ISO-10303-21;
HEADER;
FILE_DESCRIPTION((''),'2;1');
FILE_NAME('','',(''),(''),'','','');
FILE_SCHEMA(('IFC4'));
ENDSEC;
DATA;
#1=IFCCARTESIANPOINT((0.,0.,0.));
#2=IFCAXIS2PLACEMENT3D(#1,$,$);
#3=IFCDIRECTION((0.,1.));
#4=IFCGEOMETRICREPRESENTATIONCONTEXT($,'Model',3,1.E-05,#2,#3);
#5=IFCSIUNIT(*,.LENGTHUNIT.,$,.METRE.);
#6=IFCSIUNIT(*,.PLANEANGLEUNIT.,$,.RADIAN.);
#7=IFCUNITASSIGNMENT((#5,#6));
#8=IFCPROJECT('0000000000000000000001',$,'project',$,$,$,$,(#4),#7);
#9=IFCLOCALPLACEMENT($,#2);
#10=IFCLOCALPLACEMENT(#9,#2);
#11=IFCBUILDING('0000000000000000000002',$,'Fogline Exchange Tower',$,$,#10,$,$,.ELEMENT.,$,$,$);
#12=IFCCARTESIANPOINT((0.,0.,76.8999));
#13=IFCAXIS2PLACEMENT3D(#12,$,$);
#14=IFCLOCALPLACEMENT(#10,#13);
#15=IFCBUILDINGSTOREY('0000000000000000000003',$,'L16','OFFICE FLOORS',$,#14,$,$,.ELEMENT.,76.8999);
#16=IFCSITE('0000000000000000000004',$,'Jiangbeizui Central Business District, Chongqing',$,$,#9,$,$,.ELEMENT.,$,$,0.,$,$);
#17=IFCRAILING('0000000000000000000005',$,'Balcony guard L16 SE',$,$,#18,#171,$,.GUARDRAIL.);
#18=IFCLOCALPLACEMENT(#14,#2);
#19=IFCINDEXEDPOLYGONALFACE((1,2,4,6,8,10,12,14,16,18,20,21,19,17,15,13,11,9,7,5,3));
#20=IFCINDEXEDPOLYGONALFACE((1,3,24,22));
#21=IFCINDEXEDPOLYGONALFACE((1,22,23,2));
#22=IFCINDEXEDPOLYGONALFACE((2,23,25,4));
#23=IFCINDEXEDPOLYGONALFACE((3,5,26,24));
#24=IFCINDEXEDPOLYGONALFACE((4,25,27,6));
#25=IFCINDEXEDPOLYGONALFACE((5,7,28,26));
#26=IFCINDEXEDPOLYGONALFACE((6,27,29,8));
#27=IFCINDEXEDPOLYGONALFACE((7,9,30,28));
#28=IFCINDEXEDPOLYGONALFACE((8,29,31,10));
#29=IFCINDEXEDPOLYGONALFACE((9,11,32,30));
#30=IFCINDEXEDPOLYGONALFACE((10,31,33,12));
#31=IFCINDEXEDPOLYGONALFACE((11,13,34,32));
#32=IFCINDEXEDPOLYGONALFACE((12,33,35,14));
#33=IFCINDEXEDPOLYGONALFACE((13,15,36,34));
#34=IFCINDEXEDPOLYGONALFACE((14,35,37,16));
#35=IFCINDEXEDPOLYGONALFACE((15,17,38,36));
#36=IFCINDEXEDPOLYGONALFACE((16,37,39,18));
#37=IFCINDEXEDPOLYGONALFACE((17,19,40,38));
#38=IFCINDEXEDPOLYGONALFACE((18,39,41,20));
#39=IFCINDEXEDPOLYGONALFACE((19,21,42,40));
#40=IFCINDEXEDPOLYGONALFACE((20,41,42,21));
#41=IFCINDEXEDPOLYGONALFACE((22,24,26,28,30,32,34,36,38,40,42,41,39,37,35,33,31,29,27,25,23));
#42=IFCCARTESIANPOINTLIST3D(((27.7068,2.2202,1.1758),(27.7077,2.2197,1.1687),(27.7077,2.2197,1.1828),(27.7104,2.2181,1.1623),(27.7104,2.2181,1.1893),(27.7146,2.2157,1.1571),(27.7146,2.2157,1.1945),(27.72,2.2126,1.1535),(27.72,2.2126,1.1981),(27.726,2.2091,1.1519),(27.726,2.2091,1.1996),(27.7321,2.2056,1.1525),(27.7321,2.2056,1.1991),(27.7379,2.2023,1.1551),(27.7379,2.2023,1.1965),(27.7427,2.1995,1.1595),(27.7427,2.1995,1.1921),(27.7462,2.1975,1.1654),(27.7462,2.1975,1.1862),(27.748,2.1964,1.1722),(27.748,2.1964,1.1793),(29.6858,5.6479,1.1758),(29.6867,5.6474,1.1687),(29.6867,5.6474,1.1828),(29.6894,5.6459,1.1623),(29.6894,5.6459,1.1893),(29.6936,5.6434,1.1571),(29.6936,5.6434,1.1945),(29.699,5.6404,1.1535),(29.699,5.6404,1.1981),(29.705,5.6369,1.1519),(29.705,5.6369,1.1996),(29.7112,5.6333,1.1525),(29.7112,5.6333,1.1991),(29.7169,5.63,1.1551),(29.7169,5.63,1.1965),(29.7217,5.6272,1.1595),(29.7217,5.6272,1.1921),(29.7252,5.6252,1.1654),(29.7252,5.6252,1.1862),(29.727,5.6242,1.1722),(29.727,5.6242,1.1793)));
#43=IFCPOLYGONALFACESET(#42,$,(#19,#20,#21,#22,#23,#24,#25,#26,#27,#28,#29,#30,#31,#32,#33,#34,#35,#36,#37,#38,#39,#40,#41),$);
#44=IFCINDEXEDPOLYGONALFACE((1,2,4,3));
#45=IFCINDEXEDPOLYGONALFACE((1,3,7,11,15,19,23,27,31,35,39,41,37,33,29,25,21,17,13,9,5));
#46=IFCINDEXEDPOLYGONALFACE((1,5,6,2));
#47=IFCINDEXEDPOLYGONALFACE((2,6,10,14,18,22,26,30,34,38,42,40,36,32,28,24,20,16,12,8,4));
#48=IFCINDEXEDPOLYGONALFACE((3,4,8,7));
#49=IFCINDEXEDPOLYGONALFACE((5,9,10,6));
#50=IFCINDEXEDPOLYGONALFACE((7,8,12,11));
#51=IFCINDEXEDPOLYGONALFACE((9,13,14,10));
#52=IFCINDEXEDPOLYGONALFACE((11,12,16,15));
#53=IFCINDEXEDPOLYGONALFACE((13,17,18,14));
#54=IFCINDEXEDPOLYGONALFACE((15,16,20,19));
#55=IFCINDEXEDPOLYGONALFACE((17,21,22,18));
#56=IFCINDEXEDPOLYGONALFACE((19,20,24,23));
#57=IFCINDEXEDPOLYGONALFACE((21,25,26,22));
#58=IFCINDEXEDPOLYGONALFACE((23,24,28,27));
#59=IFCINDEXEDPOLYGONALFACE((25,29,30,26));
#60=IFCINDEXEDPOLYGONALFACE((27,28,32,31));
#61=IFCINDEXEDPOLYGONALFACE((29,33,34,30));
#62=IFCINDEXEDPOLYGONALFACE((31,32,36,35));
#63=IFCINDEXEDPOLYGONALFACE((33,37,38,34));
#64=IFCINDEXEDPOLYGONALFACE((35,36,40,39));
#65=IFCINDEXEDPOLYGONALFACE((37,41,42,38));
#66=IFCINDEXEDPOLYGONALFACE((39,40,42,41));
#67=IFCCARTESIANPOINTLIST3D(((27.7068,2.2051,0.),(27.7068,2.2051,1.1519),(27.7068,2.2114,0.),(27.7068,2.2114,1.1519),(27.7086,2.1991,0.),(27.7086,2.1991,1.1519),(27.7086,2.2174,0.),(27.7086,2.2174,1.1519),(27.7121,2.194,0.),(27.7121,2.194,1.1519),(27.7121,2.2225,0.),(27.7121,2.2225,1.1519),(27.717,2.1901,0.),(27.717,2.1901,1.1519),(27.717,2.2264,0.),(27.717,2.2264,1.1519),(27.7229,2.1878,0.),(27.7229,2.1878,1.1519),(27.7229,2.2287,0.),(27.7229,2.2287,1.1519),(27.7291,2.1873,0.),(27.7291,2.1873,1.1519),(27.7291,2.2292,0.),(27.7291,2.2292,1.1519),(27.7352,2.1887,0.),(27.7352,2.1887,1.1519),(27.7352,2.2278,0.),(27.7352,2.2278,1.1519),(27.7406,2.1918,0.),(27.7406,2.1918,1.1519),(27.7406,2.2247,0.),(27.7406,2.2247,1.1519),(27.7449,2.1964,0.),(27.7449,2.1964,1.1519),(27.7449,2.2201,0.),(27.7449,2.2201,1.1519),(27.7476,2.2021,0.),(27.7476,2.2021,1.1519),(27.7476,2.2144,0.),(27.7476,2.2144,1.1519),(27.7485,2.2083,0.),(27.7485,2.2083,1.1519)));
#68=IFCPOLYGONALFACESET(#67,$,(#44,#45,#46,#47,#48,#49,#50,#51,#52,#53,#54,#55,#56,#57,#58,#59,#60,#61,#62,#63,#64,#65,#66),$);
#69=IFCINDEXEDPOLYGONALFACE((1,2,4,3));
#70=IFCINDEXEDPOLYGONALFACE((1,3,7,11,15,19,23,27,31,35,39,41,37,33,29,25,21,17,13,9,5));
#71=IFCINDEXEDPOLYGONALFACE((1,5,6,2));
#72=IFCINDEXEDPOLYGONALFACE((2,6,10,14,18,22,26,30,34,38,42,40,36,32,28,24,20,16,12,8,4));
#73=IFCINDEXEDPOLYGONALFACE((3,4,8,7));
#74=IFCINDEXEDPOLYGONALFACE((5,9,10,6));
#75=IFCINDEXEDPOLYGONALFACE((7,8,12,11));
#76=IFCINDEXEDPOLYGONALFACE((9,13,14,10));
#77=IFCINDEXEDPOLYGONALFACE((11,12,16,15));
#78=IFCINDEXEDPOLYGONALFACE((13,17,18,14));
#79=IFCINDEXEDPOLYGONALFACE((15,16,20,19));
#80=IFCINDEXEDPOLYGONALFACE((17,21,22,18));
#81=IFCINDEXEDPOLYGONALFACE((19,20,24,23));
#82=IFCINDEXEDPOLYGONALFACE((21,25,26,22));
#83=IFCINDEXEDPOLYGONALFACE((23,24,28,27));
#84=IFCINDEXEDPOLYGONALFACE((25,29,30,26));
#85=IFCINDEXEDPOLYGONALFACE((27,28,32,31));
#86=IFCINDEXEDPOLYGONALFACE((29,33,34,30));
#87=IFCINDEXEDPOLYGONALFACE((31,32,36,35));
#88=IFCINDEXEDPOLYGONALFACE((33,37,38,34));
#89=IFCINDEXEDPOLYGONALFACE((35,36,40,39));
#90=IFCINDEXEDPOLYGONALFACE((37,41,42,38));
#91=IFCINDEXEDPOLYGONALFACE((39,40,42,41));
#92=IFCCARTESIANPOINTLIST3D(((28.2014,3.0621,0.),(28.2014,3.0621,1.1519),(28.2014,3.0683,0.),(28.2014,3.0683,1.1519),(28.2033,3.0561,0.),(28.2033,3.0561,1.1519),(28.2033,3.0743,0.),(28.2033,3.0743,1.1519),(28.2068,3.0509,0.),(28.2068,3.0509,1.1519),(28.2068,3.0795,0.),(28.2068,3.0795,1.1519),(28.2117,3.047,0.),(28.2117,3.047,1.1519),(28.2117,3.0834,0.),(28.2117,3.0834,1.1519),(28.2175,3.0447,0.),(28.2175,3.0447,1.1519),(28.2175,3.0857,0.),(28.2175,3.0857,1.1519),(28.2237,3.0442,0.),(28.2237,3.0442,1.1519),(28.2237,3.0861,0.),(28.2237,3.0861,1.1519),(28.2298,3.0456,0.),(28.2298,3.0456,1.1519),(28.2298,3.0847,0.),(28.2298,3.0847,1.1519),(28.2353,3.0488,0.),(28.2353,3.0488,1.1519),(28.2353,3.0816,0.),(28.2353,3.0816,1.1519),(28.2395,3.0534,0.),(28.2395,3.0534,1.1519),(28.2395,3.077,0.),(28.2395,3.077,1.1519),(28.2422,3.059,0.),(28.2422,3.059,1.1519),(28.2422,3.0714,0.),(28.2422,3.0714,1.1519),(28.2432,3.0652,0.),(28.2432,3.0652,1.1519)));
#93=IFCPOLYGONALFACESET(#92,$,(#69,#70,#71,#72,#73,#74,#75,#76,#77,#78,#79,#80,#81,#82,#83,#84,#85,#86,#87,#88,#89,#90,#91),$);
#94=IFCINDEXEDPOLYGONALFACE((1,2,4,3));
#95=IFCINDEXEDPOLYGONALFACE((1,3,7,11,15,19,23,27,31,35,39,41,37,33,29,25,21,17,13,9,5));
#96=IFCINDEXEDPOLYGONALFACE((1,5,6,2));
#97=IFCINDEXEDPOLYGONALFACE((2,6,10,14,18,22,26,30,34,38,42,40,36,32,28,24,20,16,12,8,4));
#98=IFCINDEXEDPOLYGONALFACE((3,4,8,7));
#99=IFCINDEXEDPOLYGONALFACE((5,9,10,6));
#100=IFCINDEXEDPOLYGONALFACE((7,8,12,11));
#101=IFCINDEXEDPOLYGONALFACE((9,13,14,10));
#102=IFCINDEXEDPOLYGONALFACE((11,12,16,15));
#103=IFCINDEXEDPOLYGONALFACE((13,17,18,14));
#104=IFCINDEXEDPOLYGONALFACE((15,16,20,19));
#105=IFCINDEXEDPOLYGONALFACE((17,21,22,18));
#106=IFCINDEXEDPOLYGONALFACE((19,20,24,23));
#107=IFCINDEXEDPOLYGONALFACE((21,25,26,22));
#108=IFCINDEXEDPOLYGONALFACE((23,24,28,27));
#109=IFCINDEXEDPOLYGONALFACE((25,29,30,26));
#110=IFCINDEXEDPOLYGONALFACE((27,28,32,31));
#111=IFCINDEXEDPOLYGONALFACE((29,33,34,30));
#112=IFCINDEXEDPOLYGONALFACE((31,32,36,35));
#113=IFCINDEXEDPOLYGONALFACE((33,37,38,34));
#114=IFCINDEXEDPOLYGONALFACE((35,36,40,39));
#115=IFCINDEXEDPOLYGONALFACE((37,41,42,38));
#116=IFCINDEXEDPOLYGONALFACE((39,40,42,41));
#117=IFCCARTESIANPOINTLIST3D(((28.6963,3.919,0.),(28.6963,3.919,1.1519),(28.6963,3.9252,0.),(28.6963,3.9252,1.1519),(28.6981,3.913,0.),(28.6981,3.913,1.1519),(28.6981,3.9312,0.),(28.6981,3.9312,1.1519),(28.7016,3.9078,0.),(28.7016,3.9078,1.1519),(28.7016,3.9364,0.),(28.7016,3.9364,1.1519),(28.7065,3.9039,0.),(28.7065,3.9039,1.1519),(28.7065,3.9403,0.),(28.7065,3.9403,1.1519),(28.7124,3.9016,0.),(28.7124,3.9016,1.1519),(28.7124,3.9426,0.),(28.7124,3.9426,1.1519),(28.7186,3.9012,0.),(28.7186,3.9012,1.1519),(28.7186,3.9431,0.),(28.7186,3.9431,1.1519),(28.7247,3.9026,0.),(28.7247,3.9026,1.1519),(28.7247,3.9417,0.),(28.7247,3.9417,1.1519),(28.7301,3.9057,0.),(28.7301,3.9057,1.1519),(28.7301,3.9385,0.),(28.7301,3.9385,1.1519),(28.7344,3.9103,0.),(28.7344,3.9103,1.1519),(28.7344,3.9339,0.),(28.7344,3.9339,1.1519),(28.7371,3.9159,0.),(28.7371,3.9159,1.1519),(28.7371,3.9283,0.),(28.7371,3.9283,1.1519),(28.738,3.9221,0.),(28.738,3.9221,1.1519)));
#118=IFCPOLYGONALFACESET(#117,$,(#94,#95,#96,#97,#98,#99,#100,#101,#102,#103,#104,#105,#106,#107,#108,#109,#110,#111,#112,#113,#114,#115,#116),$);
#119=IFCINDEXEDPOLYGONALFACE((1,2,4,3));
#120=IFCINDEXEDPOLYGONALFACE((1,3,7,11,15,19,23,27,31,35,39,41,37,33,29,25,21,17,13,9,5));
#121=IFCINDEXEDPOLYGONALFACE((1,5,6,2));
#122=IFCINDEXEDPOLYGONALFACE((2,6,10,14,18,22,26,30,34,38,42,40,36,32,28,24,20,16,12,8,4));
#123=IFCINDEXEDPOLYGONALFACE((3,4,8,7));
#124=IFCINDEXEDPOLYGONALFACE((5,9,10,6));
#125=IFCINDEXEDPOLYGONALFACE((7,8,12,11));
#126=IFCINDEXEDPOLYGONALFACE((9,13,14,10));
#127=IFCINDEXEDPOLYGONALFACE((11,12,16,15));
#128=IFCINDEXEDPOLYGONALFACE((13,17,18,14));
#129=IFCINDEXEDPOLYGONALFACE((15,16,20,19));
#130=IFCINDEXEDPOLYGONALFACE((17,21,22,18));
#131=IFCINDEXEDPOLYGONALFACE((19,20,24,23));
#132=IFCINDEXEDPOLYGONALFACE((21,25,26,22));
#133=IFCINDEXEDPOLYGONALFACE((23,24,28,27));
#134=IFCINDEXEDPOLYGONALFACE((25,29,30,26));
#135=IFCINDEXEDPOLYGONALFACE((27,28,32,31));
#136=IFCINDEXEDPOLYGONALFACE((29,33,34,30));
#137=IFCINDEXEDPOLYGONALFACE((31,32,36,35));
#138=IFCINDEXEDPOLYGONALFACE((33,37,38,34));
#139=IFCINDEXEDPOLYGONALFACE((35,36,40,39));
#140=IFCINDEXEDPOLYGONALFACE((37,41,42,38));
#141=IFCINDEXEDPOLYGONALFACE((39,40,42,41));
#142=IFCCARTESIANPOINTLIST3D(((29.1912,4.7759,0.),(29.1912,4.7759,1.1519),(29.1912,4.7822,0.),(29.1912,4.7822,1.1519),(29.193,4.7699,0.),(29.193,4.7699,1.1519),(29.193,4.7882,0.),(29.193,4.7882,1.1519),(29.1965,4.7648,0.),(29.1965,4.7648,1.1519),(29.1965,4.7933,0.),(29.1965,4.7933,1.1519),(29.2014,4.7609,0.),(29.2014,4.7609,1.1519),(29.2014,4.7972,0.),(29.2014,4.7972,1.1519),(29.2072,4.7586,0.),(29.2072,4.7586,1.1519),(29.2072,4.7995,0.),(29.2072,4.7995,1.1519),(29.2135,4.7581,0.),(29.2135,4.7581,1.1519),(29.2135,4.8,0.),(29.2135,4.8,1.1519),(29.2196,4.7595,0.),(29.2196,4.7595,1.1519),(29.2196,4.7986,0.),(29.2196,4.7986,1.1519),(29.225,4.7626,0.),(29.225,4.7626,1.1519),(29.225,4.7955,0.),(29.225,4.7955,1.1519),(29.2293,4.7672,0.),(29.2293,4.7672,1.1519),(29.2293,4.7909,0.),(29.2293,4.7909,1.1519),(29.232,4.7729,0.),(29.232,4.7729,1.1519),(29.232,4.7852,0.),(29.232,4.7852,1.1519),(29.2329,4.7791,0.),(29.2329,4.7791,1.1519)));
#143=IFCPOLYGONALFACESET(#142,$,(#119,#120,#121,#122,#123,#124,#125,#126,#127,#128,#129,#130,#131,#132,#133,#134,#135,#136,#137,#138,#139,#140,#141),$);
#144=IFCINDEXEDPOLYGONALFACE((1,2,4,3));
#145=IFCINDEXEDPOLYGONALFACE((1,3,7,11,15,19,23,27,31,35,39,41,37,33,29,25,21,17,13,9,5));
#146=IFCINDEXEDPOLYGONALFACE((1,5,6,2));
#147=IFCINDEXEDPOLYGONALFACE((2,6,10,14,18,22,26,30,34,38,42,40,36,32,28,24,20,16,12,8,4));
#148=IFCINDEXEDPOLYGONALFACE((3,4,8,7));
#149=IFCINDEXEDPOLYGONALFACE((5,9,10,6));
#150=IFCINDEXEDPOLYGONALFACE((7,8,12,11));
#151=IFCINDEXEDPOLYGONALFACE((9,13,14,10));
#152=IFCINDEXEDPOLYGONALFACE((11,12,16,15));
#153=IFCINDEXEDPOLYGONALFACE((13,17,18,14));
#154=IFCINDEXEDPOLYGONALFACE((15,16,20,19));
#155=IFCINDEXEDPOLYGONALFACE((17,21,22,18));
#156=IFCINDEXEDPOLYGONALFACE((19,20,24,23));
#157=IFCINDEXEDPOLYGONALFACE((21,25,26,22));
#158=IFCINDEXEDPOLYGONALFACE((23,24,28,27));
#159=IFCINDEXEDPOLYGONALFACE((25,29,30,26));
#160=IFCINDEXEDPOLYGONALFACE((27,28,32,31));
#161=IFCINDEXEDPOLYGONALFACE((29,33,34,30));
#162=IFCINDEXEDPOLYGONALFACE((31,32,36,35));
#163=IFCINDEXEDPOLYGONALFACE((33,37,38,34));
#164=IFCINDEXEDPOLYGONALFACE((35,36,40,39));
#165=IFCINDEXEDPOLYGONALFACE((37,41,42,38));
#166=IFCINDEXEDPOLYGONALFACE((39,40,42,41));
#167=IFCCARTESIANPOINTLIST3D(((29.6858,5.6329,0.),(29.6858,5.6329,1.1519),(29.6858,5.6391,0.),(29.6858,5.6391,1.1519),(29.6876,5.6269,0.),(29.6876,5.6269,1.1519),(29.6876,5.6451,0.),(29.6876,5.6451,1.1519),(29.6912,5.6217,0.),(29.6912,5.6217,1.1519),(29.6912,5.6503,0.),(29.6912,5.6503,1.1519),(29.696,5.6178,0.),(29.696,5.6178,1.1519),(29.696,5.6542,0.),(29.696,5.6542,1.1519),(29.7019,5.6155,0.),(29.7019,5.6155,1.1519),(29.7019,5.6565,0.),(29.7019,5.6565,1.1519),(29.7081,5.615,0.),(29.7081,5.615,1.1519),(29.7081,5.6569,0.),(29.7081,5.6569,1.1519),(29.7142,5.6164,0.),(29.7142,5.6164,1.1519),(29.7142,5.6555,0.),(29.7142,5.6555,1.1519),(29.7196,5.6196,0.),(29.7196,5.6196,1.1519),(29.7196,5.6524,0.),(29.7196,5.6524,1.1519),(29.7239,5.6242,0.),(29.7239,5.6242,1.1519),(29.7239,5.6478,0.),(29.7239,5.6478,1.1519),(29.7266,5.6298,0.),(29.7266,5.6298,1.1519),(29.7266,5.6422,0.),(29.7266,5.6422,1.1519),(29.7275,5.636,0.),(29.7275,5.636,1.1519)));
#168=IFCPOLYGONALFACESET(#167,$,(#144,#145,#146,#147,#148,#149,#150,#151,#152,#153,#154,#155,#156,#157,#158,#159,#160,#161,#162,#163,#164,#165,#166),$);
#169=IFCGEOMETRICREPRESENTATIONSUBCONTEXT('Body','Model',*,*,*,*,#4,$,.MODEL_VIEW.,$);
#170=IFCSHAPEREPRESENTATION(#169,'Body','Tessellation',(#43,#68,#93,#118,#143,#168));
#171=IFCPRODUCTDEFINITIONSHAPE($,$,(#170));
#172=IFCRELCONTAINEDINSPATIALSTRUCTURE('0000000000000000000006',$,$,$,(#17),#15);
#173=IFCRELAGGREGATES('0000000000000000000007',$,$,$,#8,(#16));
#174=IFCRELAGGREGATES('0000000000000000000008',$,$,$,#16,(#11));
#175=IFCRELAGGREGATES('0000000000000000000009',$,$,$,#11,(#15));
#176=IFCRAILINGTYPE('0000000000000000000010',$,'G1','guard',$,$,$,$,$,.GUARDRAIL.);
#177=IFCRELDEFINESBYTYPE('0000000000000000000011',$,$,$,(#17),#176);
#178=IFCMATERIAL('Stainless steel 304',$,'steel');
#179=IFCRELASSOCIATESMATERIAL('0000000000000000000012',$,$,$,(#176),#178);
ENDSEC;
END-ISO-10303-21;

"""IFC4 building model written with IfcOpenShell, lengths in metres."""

from ifc_helpers import new_model, si_unit, direction, frame, origin, origin_2d, place, context, subcontext, project, spatial, circle, extrude, material, type_object, element, save


model = new_model("IFC4")

# Units and contexts
model_context = context("Model", 3, precision=1e-05, world=origin(), true_north=direction((0.0, 1.0)))
body_context = subcontext(model_context, "Body", "Model", "MODEL_VIEW")
ifc_project = project(units=[si_unit("LENGTHUNIT", "METRE"), si_unit("PLANEANGLEUNIT", "RADIAN")], contexts=[model_context])

# Site, building, storey
site_placement = place(None, origin())
site = spatial("IfcSite", under=ifc_project, at=site_placement, Name="Jiangbeizui Central Business District, Chongqing", CompositionType="ELEMENT", RefElevation=0.0)
building_placement = place(site_placement, origin())
building = spatial("IfcBuilding", under=site, at=building_placement, Name="Fogline Exchange Tower", CompositionType="ELEMENT")
storey_placement = place(building_placement, frame((0.0, 0.0, 76.8999)))
storey = spatial("IfcBuildingStorey", under=building, at=storey_placement, Name="L16", Description="OFFICE FLOORS", CompositionType="ELEMENT", Elevation=76.8999)

# Railing
ifc_material_1 = material(Name="Stainless steel 304", Category="steel")
railing_type = type_object("IfcRailingType", Name="G1", Description="guard", PredefinedType="GUARDRAIL", material=ifc_material_1)
railing_placement = place(storey_placement, frame((27.7275, 2.2083, 0.0)))
element("IfcRailing", 1, at=railing_placement, inside=storey, type_object=railing_type, Name="Balcony guard L16 SE", PredefinedType="GUARDRAIL", context=body_context, shape_type="SweptSolid", body=[
    extrude(circle(Radius=0.0239, at=origin_2d()), frame((0.0, 0.0, 1.1758), z_axis=(0.5, 0.866025, 0.0), x_axis=(-0.866025, 0.5, 0.0)), (0.0, 0.0, 1.0), 3.958),
    extrude(circle(Radius=0.021, at=origin_2d()), origin(), (0.0, 0.0, 1.0), 1.1519),
    extrude(circle(Radius=0.021, at=origin_2d()), frame((0.4946, 0.8569, 0.0)), (0.0, 0.0, 1.0), 1.1519),
    extrude(circle(Radius=0.021, at=origin_2d()), frame((0.9895, 1.7139, 0.0)), (0.0, 0.0, 1.0), 1.1519),
    extrude(circle(Radius=0.021, at=origin_2d()), frame((1.4844, 2.5708, 0.0)), (0.0, 0.0, 1.0), 1.1519),
    extrude(circle(Radius=0.021, at=origin_2d()), frame((1.979, 3.4277, 0.0)), (0.0, 0.0, 1.0), 1.1519),
])

save(model, "model.ifc")
